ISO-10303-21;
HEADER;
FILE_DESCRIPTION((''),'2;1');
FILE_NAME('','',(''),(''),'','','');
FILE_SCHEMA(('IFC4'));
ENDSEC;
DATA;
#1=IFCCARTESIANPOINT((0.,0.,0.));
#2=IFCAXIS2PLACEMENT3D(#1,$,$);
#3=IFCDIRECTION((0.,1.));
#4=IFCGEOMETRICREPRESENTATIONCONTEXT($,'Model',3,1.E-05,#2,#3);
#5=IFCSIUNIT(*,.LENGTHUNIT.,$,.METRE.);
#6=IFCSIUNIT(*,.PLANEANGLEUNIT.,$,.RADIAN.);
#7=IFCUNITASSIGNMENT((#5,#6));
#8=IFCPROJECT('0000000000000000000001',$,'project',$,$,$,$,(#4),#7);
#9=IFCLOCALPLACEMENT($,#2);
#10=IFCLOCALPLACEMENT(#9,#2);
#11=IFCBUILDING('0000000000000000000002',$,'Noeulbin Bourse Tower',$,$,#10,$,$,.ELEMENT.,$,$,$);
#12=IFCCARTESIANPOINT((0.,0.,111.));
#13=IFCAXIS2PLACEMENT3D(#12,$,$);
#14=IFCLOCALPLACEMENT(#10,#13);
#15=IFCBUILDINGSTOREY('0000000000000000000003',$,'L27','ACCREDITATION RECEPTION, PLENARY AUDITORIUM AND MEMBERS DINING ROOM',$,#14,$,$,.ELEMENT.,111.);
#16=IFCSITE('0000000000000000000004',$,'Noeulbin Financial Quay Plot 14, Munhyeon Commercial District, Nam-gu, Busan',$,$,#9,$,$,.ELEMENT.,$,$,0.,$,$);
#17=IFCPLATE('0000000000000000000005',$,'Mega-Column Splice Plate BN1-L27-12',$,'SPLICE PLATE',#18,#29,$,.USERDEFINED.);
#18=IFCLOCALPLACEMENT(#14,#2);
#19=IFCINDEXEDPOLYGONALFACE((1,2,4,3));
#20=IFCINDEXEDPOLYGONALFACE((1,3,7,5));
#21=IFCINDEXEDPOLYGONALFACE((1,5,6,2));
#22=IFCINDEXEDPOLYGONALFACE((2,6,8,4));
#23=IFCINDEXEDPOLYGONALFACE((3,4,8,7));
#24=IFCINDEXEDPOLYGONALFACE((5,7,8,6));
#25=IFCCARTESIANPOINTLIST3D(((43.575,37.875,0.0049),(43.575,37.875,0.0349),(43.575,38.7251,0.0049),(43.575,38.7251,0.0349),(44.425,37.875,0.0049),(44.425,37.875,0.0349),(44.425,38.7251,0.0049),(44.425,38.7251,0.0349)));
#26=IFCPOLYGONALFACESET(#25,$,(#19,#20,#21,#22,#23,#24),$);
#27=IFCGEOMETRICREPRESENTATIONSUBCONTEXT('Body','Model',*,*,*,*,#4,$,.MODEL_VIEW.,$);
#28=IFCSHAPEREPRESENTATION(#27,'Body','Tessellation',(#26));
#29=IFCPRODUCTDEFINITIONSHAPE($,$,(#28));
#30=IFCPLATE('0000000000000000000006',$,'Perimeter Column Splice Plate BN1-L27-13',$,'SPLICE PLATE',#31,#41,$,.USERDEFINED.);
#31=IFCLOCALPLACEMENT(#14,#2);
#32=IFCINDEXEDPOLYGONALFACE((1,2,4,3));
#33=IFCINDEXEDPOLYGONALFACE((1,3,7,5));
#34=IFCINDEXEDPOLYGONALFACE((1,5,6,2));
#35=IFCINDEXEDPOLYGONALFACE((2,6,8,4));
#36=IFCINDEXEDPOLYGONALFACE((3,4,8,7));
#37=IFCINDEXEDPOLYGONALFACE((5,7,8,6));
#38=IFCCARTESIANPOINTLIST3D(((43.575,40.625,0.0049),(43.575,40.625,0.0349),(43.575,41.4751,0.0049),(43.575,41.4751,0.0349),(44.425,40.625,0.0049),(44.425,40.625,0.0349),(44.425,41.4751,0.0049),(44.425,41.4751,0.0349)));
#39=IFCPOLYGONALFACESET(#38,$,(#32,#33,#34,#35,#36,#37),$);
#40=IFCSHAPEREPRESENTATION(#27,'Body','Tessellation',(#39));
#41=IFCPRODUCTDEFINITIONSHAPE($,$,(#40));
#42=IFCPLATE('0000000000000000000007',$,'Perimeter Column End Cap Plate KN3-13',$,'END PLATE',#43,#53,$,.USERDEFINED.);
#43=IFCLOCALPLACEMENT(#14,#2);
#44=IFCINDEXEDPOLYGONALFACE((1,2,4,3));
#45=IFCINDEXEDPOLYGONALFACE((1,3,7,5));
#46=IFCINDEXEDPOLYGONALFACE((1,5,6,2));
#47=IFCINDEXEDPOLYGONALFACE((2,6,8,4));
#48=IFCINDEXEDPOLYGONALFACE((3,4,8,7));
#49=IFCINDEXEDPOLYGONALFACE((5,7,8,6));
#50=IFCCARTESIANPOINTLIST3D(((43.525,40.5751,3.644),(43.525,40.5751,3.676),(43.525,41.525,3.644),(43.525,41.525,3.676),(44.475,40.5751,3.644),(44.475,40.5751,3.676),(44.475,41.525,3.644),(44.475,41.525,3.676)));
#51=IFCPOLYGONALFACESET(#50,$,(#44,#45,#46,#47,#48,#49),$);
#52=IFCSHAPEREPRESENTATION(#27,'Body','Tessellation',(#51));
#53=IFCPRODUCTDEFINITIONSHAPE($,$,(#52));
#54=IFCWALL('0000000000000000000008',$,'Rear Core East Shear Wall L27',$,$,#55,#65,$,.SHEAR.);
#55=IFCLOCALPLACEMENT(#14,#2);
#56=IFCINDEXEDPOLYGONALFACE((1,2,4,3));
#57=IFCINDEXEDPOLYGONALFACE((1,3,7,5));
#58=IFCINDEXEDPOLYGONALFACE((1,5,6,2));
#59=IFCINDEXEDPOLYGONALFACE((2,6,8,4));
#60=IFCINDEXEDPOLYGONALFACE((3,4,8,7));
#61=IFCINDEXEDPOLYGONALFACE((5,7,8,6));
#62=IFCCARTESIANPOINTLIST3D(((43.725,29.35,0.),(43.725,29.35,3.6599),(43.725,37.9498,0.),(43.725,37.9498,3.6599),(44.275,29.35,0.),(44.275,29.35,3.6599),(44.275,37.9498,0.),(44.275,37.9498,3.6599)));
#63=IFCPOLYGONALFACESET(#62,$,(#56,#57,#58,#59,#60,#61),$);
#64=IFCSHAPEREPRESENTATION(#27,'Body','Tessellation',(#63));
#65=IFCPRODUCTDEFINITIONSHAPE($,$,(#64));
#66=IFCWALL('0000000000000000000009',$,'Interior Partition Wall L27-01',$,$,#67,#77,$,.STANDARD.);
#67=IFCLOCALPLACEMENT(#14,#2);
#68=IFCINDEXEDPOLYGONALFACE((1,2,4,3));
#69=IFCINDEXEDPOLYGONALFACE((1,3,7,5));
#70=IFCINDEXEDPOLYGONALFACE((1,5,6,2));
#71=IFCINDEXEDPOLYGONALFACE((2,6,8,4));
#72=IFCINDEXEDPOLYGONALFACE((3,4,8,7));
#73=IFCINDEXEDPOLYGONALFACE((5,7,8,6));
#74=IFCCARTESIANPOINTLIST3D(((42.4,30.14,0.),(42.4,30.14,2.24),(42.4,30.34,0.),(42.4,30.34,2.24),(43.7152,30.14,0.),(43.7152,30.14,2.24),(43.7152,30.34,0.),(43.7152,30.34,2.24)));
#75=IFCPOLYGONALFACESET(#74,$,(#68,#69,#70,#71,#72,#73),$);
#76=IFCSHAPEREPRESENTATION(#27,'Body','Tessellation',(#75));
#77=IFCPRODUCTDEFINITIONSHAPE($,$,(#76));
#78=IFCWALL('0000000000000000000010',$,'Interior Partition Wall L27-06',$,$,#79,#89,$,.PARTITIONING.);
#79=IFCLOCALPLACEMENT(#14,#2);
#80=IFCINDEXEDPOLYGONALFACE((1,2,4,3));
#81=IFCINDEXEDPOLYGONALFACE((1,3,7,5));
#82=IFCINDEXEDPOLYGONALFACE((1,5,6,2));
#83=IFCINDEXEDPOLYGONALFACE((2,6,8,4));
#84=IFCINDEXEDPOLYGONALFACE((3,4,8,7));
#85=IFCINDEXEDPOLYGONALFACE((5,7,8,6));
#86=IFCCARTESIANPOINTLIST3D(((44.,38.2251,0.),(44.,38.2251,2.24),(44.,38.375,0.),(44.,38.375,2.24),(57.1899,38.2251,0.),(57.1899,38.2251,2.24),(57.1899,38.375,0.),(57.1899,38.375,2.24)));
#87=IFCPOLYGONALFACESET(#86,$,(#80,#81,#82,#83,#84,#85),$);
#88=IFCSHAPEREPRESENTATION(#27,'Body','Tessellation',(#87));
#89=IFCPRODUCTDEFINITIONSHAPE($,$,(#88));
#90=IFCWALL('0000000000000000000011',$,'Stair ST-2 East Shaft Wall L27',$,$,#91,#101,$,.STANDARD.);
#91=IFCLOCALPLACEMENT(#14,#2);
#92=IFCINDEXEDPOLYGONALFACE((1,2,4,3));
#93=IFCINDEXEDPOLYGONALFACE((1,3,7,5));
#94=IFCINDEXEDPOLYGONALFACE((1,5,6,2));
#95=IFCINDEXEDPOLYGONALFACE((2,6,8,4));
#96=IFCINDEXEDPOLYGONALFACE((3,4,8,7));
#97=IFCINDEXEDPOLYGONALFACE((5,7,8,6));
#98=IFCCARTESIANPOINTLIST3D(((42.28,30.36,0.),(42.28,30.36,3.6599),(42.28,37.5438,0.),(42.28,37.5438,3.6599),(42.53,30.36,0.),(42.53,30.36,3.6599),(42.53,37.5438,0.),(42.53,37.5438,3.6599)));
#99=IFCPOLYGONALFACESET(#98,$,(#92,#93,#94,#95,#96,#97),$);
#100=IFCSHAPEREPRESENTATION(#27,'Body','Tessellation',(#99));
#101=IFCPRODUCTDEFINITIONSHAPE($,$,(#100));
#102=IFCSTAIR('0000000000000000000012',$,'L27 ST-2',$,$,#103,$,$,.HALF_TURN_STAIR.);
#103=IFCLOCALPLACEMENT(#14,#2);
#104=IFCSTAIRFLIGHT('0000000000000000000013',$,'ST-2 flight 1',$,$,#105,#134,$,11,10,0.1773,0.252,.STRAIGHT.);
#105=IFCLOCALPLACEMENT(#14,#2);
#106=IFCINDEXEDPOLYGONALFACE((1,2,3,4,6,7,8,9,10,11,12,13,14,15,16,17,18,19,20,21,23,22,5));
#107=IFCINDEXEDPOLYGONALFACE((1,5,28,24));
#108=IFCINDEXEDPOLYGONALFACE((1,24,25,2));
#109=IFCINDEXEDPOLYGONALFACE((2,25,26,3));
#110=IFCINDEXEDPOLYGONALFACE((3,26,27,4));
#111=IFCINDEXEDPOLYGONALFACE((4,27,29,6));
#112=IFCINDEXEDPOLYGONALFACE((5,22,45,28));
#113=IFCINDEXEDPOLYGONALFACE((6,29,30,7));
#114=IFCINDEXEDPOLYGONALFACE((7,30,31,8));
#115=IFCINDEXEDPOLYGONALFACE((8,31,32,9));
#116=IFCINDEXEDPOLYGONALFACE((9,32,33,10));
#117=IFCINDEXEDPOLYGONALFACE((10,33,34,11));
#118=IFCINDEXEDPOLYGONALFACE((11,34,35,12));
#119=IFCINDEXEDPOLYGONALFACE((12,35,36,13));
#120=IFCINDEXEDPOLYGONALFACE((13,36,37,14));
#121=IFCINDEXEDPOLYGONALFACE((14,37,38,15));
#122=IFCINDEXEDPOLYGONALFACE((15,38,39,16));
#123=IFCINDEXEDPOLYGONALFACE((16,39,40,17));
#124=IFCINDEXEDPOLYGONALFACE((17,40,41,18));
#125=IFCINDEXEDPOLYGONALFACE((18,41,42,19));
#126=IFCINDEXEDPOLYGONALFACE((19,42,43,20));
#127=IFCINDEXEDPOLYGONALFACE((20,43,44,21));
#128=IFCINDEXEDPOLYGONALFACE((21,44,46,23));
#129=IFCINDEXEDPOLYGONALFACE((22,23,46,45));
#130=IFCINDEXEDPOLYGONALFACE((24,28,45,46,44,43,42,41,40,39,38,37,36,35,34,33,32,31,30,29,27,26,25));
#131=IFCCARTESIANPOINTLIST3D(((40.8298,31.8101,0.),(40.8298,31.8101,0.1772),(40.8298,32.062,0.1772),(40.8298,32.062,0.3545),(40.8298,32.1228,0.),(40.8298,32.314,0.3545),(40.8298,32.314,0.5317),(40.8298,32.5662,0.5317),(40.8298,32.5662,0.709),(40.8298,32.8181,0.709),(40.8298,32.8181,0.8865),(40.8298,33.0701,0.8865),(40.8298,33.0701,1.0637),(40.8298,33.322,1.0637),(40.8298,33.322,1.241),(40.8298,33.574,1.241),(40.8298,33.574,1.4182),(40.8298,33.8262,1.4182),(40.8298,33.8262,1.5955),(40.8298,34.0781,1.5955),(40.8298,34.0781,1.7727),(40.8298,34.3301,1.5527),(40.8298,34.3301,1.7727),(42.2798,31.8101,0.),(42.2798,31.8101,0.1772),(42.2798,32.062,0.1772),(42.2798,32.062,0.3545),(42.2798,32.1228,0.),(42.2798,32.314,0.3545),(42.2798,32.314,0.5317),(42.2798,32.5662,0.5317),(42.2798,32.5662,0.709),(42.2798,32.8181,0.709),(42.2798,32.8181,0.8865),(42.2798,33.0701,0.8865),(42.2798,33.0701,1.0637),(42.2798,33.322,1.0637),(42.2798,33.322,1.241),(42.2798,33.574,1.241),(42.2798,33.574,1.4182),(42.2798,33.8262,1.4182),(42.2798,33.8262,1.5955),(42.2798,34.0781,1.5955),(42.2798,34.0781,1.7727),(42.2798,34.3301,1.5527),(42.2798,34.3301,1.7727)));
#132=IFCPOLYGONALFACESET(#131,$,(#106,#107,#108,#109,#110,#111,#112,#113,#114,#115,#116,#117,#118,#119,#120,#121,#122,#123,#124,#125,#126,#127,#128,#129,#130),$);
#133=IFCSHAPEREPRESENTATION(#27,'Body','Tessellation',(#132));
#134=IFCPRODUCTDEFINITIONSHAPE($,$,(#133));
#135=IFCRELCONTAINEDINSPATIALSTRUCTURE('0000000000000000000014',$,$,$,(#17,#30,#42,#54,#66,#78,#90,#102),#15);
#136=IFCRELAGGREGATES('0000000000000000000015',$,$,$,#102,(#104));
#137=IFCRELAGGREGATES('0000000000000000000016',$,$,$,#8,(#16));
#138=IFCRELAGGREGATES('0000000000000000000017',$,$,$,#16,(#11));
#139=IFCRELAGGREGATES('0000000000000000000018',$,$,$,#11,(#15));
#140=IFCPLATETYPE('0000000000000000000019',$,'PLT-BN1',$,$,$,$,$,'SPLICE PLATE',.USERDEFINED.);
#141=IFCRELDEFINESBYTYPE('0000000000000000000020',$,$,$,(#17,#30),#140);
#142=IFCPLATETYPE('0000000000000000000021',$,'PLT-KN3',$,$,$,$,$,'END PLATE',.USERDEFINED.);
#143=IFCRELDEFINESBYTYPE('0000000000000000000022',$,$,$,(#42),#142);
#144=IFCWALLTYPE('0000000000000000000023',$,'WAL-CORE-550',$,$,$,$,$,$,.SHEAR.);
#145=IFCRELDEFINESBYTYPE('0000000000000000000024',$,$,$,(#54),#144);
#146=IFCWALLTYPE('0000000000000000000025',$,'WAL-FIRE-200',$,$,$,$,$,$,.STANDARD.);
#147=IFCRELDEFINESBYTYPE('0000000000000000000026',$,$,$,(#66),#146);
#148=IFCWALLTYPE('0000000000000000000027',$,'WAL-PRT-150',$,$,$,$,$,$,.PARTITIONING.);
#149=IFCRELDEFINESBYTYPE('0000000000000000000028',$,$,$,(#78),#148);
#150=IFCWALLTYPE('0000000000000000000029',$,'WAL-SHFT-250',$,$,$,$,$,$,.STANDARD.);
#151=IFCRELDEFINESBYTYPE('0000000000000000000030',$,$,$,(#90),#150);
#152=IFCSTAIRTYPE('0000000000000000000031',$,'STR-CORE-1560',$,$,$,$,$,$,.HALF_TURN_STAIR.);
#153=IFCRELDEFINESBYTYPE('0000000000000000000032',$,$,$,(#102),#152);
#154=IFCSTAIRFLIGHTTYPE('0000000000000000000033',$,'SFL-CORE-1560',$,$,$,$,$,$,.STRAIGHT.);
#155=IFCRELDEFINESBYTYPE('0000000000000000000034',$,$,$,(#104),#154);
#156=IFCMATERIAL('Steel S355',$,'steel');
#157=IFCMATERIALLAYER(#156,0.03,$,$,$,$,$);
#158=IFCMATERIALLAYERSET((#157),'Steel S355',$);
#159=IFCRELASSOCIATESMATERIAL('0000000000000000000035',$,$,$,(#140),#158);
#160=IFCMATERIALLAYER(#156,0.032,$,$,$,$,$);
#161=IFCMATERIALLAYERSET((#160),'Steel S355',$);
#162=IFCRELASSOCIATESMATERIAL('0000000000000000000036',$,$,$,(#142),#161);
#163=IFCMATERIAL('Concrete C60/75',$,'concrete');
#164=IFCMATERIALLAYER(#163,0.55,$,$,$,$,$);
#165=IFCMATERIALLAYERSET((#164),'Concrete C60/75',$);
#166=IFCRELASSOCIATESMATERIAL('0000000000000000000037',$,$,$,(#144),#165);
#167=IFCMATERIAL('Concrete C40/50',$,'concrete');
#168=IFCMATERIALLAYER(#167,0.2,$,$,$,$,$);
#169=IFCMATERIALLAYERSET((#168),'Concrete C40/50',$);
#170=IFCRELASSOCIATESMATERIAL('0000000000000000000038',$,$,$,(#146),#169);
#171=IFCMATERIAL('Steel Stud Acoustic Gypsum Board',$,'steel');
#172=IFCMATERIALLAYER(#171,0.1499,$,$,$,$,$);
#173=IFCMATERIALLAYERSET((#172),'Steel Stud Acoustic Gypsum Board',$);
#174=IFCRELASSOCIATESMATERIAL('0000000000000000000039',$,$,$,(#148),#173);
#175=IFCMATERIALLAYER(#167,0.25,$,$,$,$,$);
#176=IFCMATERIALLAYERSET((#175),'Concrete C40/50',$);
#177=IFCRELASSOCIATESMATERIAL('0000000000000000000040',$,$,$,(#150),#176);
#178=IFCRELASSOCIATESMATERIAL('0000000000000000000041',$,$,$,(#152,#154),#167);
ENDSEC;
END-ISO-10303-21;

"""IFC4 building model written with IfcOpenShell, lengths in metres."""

from ifc_helpers import new_model, si_unit, direction, frame, frame_2d, origin, origin_2d, place, context, subcontext, project, spatial, polyline, rectangle, outline, extrude, material, layer, layer_set, type_object, element, aggregate, save


model = new_model("IFC4")

# Units and contexts
model_context = context("Model", 3, precision=1e-05, world=origin(), true_north=direction((0.0, 1.0)))
body_context = subcontext(model_context, "Body", "Model", "MODEL_VIEW")
ifc_project = project(units=[si_unit("LENGTHUNIT", "METRE"), si_unit("PLANEANGLEUNIT", "RADIAN")], contexts=[model_context])

# Site, building, storey
site_placement = place(None, origin())
site = spatial("IfcSite", under=ifc_project, at=site_placement, Name="Noeulbin Financial Quay Plot 14, Munhyeon Commercial District, Nam-gu, Busan", CompositionType="ELEMENT", RefElevation=0.0)
building_placement = place(site_placement, origin())
building = spatial("IfcBuilding", under=site, at=building_placement, Name="Noeulbin Bourse Tower", CompositionType="ELEMENT")
storey_placement = place(building_placement, frame((0.0, 0.0, 111.0)))
storey = spatial("IfcBuildingStorey", under=building, at=storey_placement, Name="L27", Description="ACCREDITATION RECEPTION, PLENARY AUDITORIUM AND MEMBERS DINING ROOM", CompositionType="ELEMENT", Elevation=111.0)

# Shared definitions
ifc_material_1 = material(Name="Steel S355", Category="steel")

# Plates
ifc_layer_1 = layer(ifc_material_1, 0.03)
ifc_layer_set_1 = layer_set([ifc_layer_1], Name="Steel S355")
plate_type_1 = type_object("IfcPlateType", Name="PLT-BN1", ElementType="SPLICE PLATE", PredefinedType="USERDEFINED", material=ifc_layer_set_1)
for number, where, z_axis, x_axis, name in (
    (1, (44.0, 38.3, 0.0049), (0.0, 0.0, 1.0), (1.0, 0.0, 0.0), "Mega-Column Splice Plate BN1-L27-12"),
    (2, (44.0, 41.05, 0.0049), (0.0, 0.0, 1.0), (1.0, 0.0, 0.0), "Perimeter Column Splice Plate BN1-L27-13"),
):
    element("IfcPlate", number, at=place(storey_placement, frame(where, z_axis=z_axis, x_axis=x_axis)), inside=storey, type_object=plate_type_1, Name=name, ObjectType="SPLICE PLATE", PredefinedType="USERDEFINED", context=body_context, shape_type="SweptSolid", body=[
        extrude(rectangle(XDim=0.8501, YDim=0.8501, at=origin_2d()), origin(), (0.0, 0.0, 1.0), 0.03),
    ])
ifc_layer_2 = layer(ifc_material_1, 0.032)
ifc_layer_set_2 = layer_set([ifc_layer_2], Name="Steel S355")
plate_type_2 = type_object("IfcPlateType", Name="PLT-KN3", ElementType="END PLATE", PredefinedType="USERDEFINED", material=ifc_layer_set_2)
plate_1_placement = place(storey_placement, frame((44.0, 41.05, 3.644), z_axis=(0.0, 0.0, 1.0), x_axis=(1.0, 0.0, 0.0)))
element("IfcPlate", 3, at=plate_1_placement, inside=storey, type_object=plate_type_2, Name="Perimeter Column End Cap Plate KN3-13", ObjectType="END PLATE", PredefinedType="USERDEFINED", context=body_context, shape_type="SweptSolid", body=[
    extrude(rectangle(XDim=0.95, YDim=0.95, at=origin_2d()), origin(), (0.0, 0.0, 1.0), 0.032),
])

# Walls
ifc_material_2 = material(Name="Concrete C60/75", Category="concrete")
ifc_layer_3 = layer(ifc_material_2, 0.55)
ifc_layer_set_3 = layer_set([ifc_layer_3], Name="Concrete C60/75")
wall_type_1 = type_object("IfcWallType", Name="WAL-CORE-550", PredefinedType="SHEAR", material=ifc_layer_set_3)
wall_1_placement = place(storey_placement, frame((44.0, 29.3501, 0.0), z_axis=(0.0, 0.0, 1.0), x_axis=(0.0, 1.0, 0.0)))
element("IfcWall", 4, at=wall_1_placement, inside=storey, type_object=wall_type_1, Name="Rear Core East Shear Wall L27", PredefinedType="SHEAR", context=body_context, shape_type="SweptSolid", body=[
    extrude(rectangle(XDim=8.5999, YDim=0.55, at=frame_2d((4.2998, 0.0))), origin(), (0.0, 0.0, 1.0), 3.6599),
])
ifc_material_3 = material(Name="Concrete C40/50", Category="concrete")
ifc_layer_4 = layer(ifc_material_3, 0.2)
ifc_layer_set_4 = layer_set([ifc_layer_4], Name="Concrete C40/50")
wall_type_2 = type_object("IfcWallType", Name="WAL-FIRE-200", PredefinedType="STANDARD", material=ifc_layer_set_4)
wall_2_placement = place(storey_placement, frame((42.3999, 30.24, 0.0), z_axis=(0.0, 0.0, 1.0), x_axis=(1.0, 0.0, 0.0)))
element("IfcWall", 5, at=wall_2_placement, inside=storey, type_object=wall_type_2, Name="Interior Partition Wall L27-01", PredefinedType="STANDARD", context=body_context, shape_type="SweptSolid", body=[
    extrude(rectangle(XDim=1.3152, YDim=0.2, at=frame_2d((0.6577, 0.0))), origin(), (0.0, 0.0, 1.0), 2.24),
])
ifc_material_4 = material(Name="Steel Stud Acoustic Gypsum Board", Category="steel")
ifc_layer_5 = layer(ifc_material_4, 0.1499)
ifc_layer_set_5 = layer_set([ifc_layer_5], Name="Steel Stud Acoustic Gypsum Board")
wall_type_3 = type_object("IfcWallType", Name="WAL-PRT-150", PredefinedType="PARTITIONING", material=ifc_layer_set_5)
wall_3_placement = place(storey_placement, frame((44.0, 38.3, 0.0), z_axis=(0.0, 0.0, 1.0), x_axis=(1.0, 0.0, 0.0)))
element("IfcWall", 6, at=wall_3_placement, inside=storey, type_object=wall_type_3, Name="Interior Partition Wall L27-06", PredefinedType="PARTITIONING", context=body_context, shape_type="SweptSolid", body=[
    extrude(rectangle(XDim=13.1899, YDim=0.1499, at=frame_2d((6.595, 0.0))), origin(), (0.0, 0.0, 1.0), 2.24),
])
ifc_layer_6 = layer(ifc_material_3, 0.25)
ifc_layer_set_6 = layer_set([ifc_layer_6], Name="Concrete C40/50")
wall_type_4 = type_object("IfcWallType", Name="WAL-SHFT-250", PredefinedType="STANDARD", material=ifc_layer_set_6)
wall_4_placement = place(storey_placement, frame((42.405, 30.3601, 0.0), z_axis=(0.0, 0.0, 1.0), x_axis=(0.0, 1.0, 0.0)))
element("IfcWall", 7, at=wall_4_placement, inside=storey, type_object=wall_type_4, Name="Stair ST-2 East Shaft Wall L27", PredefinedType="STANDARD", context=body_context, shape_type="SweptSolid", body=[
    extrude(rectangle(XDim=7.1838, YDim=0.25, at=frame_2d((3.5918, 0.0))), origin(), (0.0, 0.0, 1.0), 3.6599),
])

# Stair, stair flight
stair_type = type_object("IfcStairType", Name="STR-CORE-1560", PredefinedType="HALF_TURN_STAIR", material=ifc_material_3)
stair_placement = place(storey_placement, origin())
stair = element("IfcStair", 8, at=stair_placement, inside=storey, type_object=stair_type, Name="L27 ST-2", PredefinedType="HALF_TURN_STAIR")
stair_flight_type = type_object("IfcStairFlightType", Name="SFL-CORE-1560", PredefinedType="STRAIGHT", material=ifc_material_3)
stair_flight_placement = place(storey_placement, frame((41.5549, 31.8101, 0.0), z_axis=(0.0, 0.0, 1.0), x_axis=(0.0, 1.0, 0.0)))
stair_flight = element("IfcStairFlight", 9, at=stair_flight_placement, type_object=stair_flight_type, Name="ST-2 flight 1", NumberOfRisers=11, NumberOfTreads=10, PredefinedType="STRAIGHT", RiserHeight=0.1773, TreadLength=0.252, context=body_context, shape_type="SweptSolid", body=[
    extrude(outline(polyline([(0.0, 0.0), (0.0, 0.1772), (0.252, 0.1772), (0.252, 0.3545), (0.5039, 0.3545), (0.5039, 0.5317), (0.7561, 0.5317), (0.7561, 0.709), (1.0081, 0.709), (1.0081, 0.8865), (1.26, 0.8865), (1.26, 1.0637), (1.512, 1.0637), (1.512, 1.241), (1.7639, 1.241), (1.7639, 1.4182), (2.0161, 1.4182), (2.0161, 1.5955), (2.2681, 1.5955), (2.2681, 1.7727), (2.52, 1.7727), (2.52, 1.95), (2.52, 1.5527), (0.3127, 0.0), (0.0, 0.0)])), frame((0.0, 0.7251, 0.0), z_axis=(0.0, -1.0, 0.0), x_axis=(1.0, 0.0, 0.0)), (0.0, 0.0, 1.0), 1.45),
])
aggregate(stair, [stair_flight])

save(model, "model.ifc")
